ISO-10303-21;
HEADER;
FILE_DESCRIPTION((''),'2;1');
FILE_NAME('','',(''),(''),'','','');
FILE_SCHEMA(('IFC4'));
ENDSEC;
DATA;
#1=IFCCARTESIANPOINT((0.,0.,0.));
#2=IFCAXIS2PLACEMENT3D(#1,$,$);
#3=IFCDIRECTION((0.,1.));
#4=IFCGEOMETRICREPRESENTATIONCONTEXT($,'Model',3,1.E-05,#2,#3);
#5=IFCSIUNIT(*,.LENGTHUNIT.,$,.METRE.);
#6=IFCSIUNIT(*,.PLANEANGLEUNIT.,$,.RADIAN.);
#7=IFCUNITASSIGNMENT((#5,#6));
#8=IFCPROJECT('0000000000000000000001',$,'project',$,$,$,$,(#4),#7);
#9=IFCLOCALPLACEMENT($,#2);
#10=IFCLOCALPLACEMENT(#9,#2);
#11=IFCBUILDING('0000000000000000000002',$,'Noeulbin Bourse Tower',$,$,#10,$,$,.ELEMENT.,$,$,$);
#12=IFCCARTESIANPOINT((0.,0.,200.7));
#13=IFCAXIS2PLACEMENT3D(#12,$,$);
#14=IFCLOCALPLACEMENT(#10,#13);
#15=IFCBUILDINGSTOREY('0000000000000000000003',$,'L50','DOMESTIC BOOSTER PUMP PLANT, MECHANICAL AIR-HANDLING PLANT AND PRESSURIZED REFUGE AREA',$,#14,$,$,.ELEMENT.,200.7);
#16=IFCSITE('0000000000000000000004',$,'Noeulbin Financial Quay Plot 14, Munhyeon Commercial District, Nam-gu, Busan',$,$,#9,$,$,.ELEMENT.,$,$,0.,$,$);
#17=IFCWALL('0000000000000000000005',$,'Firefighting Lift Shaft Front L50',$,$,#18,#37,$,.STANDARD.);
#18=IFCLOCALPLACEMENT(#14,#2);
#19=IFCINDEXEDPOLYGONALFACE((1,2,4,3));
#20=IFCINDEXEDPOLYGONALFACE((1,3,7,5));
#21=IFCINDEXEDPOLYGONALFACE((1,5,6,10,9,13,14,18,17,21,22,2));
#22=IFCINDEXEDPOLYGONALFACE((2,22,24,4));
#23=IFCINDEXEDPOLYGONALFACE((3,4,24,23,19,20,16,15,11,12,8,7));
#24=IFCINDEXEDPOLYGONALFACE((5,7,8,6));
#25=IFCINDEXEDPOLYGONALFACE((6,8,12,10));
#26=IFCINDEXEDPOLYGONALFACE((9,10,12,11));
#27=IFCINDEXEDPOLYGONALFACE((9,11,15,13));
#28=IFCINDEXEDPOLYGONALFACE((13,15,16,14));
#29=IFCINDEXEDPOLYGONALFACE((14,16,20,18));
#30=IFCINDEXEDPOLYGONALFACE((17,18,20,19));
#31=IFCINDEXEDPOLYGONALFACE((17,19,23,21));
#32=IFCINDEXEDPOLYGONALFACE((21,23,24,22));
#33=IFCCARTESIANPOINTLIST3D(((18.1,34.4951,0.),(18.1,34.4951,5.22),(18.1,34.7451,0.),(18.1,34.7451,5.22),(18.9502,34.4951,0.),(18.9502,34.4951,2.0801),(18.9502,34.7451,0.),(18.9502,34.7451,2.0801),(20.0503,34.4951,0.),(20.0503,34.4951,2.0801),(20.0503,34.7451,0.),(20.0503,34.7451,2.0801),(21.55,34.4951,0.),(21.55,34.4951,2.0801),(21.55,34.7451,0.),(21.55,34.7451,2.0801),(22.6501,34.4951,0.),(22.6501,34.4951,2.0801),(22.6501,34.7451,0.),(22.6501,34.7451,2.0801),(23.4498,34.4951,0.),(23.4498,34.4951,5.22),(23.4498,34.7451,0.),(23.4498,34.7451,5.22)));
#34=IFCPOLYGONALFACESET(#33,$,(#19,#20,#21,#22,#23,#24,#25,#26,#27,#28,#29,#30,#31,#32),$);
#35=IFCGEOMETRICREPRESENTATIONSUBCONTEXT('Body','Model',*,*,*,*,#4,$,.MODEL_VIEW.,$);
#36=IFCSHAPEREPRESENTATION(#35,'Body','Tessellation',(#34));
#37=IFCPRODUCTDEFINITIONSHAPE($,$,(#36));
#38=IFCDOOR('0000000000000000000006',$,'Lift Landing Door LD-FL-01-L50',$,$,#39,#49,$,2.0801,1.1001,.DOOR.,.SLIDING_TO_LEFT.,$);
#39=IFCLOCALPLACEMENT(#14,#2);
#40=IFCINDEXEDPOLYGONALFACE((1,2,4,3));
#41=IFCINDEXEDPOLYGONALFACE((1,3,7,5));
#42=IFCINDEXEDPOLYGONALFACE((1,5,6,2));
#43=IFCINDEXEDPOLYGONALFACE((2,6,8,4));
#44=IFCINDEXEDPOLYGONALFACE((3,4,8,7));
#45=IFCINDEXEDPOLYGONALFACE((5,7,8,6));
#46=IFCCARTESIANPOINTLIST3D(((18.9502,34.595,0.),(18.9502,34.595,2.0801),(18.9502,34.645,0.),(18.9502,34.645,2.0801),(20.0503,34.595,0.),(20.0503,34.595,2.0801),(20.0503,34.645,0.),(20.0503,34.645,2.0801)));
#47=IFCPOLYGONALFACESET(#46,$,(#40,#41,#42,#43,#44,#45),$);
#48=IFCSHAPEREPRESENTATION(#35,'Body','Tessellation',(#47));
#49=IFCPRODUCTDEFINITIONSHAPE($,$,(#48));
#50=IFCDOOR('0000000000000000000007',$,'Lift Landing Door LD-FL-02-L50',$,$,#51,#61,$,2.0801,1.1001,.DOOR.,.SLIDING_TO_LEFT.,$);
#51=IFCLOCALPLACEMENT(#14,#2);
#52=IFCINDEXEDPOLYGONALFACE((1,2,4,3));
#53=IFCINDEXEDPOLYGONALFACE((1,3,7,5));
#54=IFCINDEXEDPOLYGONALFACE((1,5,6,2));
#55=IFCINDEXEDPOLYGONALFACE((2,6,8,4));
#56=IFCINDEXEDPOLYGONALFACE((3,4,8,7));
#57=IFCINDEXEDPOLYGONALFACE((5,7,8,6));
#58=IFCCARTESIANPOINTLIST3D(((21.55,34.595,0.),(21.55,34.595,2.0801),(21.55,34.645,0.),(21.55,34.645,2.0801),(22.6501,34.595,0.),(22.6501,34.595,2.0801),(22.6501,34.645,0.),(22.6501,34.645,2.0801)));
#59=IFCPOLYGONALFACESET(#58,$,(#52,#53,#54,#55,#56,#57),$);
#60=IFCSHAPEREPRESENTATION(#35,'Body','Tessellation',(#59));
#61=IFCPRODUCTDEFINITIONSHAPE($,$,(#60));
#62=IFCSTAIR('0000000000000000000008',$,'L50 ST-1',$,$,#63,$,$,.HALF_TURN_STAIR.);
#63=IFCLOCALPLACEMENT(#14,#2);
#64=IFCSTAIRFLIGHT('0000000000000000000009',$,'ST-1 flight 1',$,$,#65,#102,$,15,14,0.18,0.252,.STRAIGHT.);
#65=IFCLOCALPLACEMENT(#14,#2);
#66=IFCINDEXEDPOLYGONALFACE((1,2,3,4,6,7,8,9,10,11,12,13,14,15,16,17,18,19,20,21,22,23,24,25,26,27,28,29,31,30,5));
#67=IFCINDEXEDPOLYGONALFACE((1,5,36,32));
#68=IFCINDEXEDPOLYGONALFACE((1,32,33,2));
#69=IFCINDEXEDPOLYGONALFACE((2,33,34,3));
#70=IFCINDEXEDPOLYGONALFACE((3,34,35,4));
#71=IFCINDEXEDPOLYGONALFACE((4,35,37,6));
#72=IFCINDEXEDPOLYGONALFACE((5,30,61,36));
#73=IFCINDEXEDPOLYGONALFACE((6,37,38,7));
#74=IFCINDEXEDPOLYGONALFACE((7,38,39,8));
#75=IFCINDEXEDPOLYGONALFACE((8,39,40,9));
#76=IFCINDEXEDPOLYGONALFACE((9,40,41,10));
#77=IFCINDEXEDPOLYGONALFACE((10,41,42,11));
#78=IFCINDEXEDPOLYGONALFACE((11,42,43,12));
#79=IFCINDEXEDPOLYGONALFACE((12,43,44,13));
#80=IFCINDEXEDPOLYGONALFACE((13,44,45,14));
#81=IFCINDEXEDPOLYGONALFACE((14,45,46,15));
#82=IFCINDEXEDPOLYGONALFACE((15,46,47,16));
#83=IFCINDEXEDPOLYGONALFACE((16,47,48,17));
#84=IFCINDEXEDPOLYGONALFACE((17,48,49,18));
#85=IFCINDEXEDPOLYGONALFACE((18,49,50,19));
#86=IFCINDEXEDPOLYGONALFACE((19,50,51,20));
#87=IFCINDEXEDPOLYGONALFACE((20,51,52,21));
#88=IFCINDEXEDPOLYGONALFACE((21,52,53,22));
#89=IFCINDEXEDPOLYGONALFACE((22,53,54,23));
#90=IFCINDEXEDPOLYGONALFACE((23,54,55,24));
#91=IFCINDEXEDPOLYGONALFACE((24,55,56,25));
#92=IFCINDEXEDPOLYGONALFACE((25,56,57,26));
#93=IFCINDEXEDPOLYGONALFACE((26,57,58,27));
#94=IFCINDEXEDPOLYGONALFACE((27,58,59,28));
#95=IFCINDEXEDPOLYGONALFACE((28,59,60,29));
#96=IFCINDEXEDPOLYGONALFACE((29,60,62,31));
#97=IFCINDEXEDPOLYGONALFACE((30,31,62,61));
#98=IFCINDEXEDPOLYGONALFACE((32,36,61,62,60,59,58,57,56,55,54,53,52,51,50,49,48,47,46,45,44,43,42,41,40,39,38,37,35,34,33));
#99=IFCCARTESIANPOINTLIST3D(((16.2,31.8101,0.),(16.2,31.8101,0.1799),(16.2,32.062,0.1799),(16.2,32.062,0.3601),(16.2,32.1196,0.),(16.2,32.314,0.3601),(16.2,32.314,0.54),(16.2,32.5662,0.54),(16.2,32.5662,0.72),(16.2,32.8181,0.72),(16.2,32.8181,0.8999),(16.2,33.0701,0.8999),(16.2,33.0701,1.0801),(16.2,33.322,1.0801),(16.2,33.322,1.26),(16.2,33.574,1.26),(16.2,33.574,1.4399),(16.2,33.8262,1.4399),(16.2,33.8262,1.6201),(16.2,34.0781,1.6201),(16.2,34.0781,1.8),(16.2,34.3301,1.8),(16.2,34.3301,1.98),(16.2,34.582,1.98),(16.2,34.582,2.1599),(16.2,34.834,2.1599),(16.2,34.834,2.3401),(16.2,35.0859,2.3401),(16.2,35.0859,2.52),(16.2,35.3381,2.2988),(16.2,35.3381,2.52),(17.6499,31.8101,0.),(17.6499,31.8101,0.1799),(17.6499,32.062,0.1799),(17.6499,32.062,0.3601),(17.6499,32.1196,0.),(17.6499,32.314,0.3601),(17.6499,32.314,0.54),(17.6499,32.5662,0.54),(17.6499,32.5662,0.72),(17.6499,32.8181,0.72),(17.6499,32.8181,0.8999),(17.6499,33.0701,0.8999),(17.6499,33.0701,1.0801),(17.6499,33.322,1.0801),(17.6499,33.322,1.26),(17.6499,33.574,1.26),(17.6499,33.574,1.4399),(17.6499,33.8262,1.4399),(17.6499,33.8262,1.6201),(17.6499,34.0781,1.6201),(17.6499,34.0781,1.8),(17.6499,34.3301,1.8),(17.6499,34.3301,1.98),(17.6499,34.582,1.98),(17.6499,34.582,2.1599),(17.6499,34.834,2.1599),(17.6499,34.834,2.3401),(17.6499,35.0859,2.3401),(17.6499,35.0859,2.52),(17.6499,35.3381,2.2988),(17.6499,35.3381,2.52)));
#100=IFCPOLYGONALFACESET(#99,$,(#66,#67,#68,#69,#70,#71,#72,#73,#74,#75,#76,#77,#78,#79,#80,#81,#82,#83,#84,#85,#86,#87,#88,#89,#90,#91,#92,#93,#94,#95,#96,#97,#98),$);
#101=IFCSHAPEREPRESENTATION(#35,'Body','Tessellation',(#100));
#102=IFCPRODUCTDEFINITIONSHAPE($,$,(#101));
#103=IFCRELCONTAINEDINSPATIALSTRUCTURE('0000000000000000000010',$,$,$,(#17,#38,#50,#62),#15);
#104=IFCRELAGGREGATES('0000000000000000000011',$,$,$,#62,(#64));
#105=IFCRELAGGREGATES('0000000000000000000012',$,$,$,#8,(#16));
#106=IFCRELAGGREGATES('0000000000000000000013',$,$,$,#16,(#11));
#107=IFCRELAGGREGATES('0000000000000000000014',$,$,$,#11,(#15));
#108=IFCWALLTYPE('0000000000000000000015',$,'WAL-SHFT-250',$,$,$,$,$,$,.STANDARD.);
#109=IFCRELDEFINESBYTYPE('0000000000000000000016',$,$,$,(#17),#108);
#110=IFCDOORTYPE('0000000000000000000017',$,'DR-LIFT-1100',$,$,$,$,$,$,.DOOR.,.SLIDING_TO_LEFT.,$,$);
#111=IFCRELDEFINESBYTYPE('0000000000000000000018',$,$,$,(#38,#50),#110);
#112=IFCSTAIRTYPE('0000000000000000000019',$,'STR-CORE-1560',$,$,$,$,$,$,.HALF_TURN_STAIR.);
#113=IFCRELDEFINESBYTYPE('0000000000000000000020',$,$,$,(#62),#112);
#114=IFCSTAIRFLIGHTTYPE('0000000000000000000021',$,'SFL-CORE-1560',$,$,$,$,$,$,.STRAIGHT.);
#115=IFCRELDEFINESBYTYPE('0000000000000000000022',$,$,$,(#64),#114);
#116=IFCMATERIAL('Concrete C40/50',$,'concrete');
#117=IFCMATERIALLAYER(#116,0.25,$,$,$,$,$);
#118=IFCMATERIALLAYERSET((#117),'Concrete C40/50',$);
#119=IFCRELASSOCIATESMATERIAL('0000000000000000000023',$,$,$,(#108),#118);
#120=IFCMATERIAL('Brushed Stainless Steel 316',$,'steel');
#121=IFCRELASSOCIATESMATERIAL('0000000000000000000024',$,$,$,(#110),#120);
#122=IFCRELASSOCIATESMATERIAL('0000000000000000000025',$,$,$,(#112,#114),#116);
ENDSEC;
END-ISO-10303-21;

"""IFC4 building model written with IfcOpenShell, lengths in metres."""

from ifc_helpers import new_model, si_unit, direction, frame, frame_2d, origin, place, context, subcontext, project, spatial, polyline, rectangle, outline, extrude, material, layer, layer_set, type_object, element, fill, aggregate, save


model = new_model("IFC4")

# Units and contexts
model_context = context("Model", 3, precision=1e-05, world=origin(), true_north=direction((0.0, 1.0)))
body_context = subcontext(model_context, "Body", "Model", "MODEL_VIEW")
ifc_project = project(units=[si_unit("LENGTHUNIT", "METRE"), si_unit("PLANEANGLEUNIT", "RADIAN")], contexts=[model_context])

# Site, building, storey
site_placement = place(None, origin())
site = spatial("IfcSite", under=ifc_project, at=site_placement, Name="Noeulbin Financial Quay Plot 14, Munhyeon Commercial District, Nam-gu, Busan", CompositionType="ELEMENT", RefElevation=0.0)
building_placement = place(site_placement, origin())
building = spatial("IfcBuilding", under=site, at=building_placement, Name="Noeulbin Bourse Tower", CompositionType="ELEMENT")
storey_placement = place(building_placement, frame((0.0, 0.0, 200.7)))
storey = spatial("IfcBuildingStorey", under=building, at=storey_placement, Name="L50", Description="DOMESTIC BOOSTER PUMP PLANT, MECHANICAL AIR-HANDLING PLANT AND PRESSURIZED REFUGE AREA", CompositionType="ELEMENT", Elevation=200.7)

# Shared definitions
ifc_material_1 = material(Name="Concrete C40/50", Category="concrete")
ifc_layer_1 = layer(ifc_material_1, 0.25)
ifc_layer_set_1 = layer_set([ifc_layer_1], Name="Concrete C40/50")
wall_type_1 = type_object("IfcWallType", Name="WAL-SHFT-250", PredefinedType="STANDARD", material=ifc_layer_set_1)

# Wall, openings, doors
wall_1_placement = place(storey_placement, frame((18.1001, 34.6201, 0.0), z_axis=(0.0, 0.0, 1.0), x_axis=(1.0, 0.0, 0.0)))
wall_1 = element("IfcWall", 1, at=wall_1_placement, inside=storey, type_object=wall_type_1, Name="Firefighting Lift Shaft Front L50", PredefinedType="STANDARD", context=body_context, shape_type="SweptSolid", body=[
    extrude(rectangle(XDim=5.3499, YDim=0.25, at=frame_2d((2.6748, 0.0))), origin(), (0.0, 0.0, 1.0), 5.22),
])
opening_1_placement = place(wall_1_placement, frame((0.8501, 0.0, 0.0)))
opening_1 = element("IfcOpeningElement", 2, at=opening_1_placement, cuts=wall_1, PredefinedType="OPENING", context=body_context, shape_type="SweptSolid", body=[
    extrude(rectangle(XDim=1.1001, YDim=2.0801, at=frame_2d((0.55, 1.04))), frame((0.0, 0.135, 0.0), z_axis=(0.0, -1.0, 0.0), x_axis=(1.0, 0.0, 0.0)), (0.0, 0.0, 1.0), 0.27),
])
opening_2_placement = place(wall_1_placement, frame((3.45, 0.0, 0.0)))
opening_2 = element("IfcOpeningElement", 3, at=opening_2_placement, cuts=wall_1, PredefinedType="OPENING", context=body_context, shape_type="SweptSolid", body=[
    extrude(rectangle(XDim=1.1001, YDim=2.0801, at=frame_2d((0.55, 1.04))), frame((0.0, 0.135, 0.0), z_axis=(0.0, -1.0, 0.0), x_axis=(1.0, 0.0, 0.0)), (0.0, 0.0, 1.0), 0.27),
])
ifc_material_2 = material(Name="Brushed Stainless Steel 316", Category="steel")
door_type = type_object("IfcDoorType", Name="DR-LIFT-1100", OperationType="SLIDING_TO_LEFT", PredefinedType="DOOR", material=ifc_material_2)
door_1_placement = place(opening_1_placement, origin())
door_1 = element("IfcDoor", 4, at=door_1_placement, inside=storey, type_object=door_type, Name="Lift Landing Door LD-FL-01-L50", OperationType="SLIDING_TO_LEFT", OverallHeight=2.0801, OverallWidth=1.1001, PredefinedType="DOOR", context=body_context, shape_type="SweptSolid", body=[
    extrude(rectangle(XDim=1.1001, YDim=2.0801, at=frame_2d((0.55, 1.04))), frame((0.0, 0.0249, 0.0), z_axis=(0.0, -1.0, 0.0), x_axis=(1.0, 0.0, 0.0)), (0.0, 0.0, 1.0), 0.05),
])
fill(opening_1, door_1)
door_2_placement = place(opening_2_placement, origin())
door_2 = element("IfcDoor", 5, at=door_2_placement, inside=storey, type_object=door_type, Name="Lift Landing Door LD-FL-02-L50", OperationType="SLIDING_TO_LEFT", OverallHeight=2.0801, OverallWidth=1.1001, PredefinedType="DOOR", context=body_context, shape_type="SweptSolid", body=[
    extrude(rectangle(XDim=1.1001, YDim=2.0801, at=frame_2d((0.55, 1.04))), frame((0.0, 0.0249, 0.0), z_axis=(0.0, -1.0, 0.0), x_axis=(1.0, 0.0, 0.0)), (0.0, 0.0, 1.0), 0.05),
])
fill(opening_2, door_2)

# Stair, stair flight
stair_type = type_object("IfcStairType", Name="STR-CORE-1560", PredefinedType="HALF_TURN_STAIR", material=ifc_material_1)
stair_placement = place(storey_placement, origin())
stair = element("IfcStair", 6, at=stair_placement, inside=storey, type_object=stair_type, Name="L50 ST-1", PredefinedType="HALF_TURN_STAIR")
stair_flight_type = type_object("IfcStairFlightType", Name="SFL-CORE-1560", PredefinedType="STRAIGHT", material=ifc_material_1)
stair_flight_placement = place(storey_placement, frame((16.925, 31.8101, 0.0), z_axis=(0.0, 0.0, 1.0), x_axis=(0.0, 1.0, 0.0)))
stair_flight = element("IfcStairFlight", 7, at=stair_flight_placement, type_object=stair_flight_type, Name="ST-1 flight 1", NumberOfRisers=15, NumberOfTreads=14, PredefinedType="STRAIGHT", RiserHeight=0.18, TreadLength=0.252, context=body_context, shape_type="SweptSolid", body=[
    extrude(outline(polyline([(0.0, 0.0), (0.0, 0.1799), (0.252, 0.1799), (0.252, 0.3601), (0.5039, 0.3601), (0.5039, 0.54), (0.7561, 0.54), (0.7561, 0.72), (1.0081, 0.72), (1.0081, 0.8999), (1.26, 0.8999), (1.26, 1.0801), (1.512, 1.0801), (1.512, 1.26), (1.7639, 1.26), (1.7639, 1.4399), (2.0161, 1.4399), (2.0161, 1.6201), (2.2681, 1.6201), (2.2681, 1.8), (2.52, 1.8), (2.52, 1.98), (2.772, 1.98), (2.772, 2.1599), (3.0239, 2.1599), (3.0239, 2.3401), (3.2759, 2.3401), (3.2759, 2.52), (3.5281, 2.52), (3.5281, 2.7), (3.5281, 2.2988), (0.3096, 0.0), (0.0, 0.0)])), frame((0.0, 0.7251, 0.0), z_axis=(0.0, -1.0, 0.0), x_axis=(1.0, 0.0, 0.0)), (0.0, 0.0, 1.0), 1.45),
])
aggregate(stair, [stair_flight])

save(model, "model.ifc")
